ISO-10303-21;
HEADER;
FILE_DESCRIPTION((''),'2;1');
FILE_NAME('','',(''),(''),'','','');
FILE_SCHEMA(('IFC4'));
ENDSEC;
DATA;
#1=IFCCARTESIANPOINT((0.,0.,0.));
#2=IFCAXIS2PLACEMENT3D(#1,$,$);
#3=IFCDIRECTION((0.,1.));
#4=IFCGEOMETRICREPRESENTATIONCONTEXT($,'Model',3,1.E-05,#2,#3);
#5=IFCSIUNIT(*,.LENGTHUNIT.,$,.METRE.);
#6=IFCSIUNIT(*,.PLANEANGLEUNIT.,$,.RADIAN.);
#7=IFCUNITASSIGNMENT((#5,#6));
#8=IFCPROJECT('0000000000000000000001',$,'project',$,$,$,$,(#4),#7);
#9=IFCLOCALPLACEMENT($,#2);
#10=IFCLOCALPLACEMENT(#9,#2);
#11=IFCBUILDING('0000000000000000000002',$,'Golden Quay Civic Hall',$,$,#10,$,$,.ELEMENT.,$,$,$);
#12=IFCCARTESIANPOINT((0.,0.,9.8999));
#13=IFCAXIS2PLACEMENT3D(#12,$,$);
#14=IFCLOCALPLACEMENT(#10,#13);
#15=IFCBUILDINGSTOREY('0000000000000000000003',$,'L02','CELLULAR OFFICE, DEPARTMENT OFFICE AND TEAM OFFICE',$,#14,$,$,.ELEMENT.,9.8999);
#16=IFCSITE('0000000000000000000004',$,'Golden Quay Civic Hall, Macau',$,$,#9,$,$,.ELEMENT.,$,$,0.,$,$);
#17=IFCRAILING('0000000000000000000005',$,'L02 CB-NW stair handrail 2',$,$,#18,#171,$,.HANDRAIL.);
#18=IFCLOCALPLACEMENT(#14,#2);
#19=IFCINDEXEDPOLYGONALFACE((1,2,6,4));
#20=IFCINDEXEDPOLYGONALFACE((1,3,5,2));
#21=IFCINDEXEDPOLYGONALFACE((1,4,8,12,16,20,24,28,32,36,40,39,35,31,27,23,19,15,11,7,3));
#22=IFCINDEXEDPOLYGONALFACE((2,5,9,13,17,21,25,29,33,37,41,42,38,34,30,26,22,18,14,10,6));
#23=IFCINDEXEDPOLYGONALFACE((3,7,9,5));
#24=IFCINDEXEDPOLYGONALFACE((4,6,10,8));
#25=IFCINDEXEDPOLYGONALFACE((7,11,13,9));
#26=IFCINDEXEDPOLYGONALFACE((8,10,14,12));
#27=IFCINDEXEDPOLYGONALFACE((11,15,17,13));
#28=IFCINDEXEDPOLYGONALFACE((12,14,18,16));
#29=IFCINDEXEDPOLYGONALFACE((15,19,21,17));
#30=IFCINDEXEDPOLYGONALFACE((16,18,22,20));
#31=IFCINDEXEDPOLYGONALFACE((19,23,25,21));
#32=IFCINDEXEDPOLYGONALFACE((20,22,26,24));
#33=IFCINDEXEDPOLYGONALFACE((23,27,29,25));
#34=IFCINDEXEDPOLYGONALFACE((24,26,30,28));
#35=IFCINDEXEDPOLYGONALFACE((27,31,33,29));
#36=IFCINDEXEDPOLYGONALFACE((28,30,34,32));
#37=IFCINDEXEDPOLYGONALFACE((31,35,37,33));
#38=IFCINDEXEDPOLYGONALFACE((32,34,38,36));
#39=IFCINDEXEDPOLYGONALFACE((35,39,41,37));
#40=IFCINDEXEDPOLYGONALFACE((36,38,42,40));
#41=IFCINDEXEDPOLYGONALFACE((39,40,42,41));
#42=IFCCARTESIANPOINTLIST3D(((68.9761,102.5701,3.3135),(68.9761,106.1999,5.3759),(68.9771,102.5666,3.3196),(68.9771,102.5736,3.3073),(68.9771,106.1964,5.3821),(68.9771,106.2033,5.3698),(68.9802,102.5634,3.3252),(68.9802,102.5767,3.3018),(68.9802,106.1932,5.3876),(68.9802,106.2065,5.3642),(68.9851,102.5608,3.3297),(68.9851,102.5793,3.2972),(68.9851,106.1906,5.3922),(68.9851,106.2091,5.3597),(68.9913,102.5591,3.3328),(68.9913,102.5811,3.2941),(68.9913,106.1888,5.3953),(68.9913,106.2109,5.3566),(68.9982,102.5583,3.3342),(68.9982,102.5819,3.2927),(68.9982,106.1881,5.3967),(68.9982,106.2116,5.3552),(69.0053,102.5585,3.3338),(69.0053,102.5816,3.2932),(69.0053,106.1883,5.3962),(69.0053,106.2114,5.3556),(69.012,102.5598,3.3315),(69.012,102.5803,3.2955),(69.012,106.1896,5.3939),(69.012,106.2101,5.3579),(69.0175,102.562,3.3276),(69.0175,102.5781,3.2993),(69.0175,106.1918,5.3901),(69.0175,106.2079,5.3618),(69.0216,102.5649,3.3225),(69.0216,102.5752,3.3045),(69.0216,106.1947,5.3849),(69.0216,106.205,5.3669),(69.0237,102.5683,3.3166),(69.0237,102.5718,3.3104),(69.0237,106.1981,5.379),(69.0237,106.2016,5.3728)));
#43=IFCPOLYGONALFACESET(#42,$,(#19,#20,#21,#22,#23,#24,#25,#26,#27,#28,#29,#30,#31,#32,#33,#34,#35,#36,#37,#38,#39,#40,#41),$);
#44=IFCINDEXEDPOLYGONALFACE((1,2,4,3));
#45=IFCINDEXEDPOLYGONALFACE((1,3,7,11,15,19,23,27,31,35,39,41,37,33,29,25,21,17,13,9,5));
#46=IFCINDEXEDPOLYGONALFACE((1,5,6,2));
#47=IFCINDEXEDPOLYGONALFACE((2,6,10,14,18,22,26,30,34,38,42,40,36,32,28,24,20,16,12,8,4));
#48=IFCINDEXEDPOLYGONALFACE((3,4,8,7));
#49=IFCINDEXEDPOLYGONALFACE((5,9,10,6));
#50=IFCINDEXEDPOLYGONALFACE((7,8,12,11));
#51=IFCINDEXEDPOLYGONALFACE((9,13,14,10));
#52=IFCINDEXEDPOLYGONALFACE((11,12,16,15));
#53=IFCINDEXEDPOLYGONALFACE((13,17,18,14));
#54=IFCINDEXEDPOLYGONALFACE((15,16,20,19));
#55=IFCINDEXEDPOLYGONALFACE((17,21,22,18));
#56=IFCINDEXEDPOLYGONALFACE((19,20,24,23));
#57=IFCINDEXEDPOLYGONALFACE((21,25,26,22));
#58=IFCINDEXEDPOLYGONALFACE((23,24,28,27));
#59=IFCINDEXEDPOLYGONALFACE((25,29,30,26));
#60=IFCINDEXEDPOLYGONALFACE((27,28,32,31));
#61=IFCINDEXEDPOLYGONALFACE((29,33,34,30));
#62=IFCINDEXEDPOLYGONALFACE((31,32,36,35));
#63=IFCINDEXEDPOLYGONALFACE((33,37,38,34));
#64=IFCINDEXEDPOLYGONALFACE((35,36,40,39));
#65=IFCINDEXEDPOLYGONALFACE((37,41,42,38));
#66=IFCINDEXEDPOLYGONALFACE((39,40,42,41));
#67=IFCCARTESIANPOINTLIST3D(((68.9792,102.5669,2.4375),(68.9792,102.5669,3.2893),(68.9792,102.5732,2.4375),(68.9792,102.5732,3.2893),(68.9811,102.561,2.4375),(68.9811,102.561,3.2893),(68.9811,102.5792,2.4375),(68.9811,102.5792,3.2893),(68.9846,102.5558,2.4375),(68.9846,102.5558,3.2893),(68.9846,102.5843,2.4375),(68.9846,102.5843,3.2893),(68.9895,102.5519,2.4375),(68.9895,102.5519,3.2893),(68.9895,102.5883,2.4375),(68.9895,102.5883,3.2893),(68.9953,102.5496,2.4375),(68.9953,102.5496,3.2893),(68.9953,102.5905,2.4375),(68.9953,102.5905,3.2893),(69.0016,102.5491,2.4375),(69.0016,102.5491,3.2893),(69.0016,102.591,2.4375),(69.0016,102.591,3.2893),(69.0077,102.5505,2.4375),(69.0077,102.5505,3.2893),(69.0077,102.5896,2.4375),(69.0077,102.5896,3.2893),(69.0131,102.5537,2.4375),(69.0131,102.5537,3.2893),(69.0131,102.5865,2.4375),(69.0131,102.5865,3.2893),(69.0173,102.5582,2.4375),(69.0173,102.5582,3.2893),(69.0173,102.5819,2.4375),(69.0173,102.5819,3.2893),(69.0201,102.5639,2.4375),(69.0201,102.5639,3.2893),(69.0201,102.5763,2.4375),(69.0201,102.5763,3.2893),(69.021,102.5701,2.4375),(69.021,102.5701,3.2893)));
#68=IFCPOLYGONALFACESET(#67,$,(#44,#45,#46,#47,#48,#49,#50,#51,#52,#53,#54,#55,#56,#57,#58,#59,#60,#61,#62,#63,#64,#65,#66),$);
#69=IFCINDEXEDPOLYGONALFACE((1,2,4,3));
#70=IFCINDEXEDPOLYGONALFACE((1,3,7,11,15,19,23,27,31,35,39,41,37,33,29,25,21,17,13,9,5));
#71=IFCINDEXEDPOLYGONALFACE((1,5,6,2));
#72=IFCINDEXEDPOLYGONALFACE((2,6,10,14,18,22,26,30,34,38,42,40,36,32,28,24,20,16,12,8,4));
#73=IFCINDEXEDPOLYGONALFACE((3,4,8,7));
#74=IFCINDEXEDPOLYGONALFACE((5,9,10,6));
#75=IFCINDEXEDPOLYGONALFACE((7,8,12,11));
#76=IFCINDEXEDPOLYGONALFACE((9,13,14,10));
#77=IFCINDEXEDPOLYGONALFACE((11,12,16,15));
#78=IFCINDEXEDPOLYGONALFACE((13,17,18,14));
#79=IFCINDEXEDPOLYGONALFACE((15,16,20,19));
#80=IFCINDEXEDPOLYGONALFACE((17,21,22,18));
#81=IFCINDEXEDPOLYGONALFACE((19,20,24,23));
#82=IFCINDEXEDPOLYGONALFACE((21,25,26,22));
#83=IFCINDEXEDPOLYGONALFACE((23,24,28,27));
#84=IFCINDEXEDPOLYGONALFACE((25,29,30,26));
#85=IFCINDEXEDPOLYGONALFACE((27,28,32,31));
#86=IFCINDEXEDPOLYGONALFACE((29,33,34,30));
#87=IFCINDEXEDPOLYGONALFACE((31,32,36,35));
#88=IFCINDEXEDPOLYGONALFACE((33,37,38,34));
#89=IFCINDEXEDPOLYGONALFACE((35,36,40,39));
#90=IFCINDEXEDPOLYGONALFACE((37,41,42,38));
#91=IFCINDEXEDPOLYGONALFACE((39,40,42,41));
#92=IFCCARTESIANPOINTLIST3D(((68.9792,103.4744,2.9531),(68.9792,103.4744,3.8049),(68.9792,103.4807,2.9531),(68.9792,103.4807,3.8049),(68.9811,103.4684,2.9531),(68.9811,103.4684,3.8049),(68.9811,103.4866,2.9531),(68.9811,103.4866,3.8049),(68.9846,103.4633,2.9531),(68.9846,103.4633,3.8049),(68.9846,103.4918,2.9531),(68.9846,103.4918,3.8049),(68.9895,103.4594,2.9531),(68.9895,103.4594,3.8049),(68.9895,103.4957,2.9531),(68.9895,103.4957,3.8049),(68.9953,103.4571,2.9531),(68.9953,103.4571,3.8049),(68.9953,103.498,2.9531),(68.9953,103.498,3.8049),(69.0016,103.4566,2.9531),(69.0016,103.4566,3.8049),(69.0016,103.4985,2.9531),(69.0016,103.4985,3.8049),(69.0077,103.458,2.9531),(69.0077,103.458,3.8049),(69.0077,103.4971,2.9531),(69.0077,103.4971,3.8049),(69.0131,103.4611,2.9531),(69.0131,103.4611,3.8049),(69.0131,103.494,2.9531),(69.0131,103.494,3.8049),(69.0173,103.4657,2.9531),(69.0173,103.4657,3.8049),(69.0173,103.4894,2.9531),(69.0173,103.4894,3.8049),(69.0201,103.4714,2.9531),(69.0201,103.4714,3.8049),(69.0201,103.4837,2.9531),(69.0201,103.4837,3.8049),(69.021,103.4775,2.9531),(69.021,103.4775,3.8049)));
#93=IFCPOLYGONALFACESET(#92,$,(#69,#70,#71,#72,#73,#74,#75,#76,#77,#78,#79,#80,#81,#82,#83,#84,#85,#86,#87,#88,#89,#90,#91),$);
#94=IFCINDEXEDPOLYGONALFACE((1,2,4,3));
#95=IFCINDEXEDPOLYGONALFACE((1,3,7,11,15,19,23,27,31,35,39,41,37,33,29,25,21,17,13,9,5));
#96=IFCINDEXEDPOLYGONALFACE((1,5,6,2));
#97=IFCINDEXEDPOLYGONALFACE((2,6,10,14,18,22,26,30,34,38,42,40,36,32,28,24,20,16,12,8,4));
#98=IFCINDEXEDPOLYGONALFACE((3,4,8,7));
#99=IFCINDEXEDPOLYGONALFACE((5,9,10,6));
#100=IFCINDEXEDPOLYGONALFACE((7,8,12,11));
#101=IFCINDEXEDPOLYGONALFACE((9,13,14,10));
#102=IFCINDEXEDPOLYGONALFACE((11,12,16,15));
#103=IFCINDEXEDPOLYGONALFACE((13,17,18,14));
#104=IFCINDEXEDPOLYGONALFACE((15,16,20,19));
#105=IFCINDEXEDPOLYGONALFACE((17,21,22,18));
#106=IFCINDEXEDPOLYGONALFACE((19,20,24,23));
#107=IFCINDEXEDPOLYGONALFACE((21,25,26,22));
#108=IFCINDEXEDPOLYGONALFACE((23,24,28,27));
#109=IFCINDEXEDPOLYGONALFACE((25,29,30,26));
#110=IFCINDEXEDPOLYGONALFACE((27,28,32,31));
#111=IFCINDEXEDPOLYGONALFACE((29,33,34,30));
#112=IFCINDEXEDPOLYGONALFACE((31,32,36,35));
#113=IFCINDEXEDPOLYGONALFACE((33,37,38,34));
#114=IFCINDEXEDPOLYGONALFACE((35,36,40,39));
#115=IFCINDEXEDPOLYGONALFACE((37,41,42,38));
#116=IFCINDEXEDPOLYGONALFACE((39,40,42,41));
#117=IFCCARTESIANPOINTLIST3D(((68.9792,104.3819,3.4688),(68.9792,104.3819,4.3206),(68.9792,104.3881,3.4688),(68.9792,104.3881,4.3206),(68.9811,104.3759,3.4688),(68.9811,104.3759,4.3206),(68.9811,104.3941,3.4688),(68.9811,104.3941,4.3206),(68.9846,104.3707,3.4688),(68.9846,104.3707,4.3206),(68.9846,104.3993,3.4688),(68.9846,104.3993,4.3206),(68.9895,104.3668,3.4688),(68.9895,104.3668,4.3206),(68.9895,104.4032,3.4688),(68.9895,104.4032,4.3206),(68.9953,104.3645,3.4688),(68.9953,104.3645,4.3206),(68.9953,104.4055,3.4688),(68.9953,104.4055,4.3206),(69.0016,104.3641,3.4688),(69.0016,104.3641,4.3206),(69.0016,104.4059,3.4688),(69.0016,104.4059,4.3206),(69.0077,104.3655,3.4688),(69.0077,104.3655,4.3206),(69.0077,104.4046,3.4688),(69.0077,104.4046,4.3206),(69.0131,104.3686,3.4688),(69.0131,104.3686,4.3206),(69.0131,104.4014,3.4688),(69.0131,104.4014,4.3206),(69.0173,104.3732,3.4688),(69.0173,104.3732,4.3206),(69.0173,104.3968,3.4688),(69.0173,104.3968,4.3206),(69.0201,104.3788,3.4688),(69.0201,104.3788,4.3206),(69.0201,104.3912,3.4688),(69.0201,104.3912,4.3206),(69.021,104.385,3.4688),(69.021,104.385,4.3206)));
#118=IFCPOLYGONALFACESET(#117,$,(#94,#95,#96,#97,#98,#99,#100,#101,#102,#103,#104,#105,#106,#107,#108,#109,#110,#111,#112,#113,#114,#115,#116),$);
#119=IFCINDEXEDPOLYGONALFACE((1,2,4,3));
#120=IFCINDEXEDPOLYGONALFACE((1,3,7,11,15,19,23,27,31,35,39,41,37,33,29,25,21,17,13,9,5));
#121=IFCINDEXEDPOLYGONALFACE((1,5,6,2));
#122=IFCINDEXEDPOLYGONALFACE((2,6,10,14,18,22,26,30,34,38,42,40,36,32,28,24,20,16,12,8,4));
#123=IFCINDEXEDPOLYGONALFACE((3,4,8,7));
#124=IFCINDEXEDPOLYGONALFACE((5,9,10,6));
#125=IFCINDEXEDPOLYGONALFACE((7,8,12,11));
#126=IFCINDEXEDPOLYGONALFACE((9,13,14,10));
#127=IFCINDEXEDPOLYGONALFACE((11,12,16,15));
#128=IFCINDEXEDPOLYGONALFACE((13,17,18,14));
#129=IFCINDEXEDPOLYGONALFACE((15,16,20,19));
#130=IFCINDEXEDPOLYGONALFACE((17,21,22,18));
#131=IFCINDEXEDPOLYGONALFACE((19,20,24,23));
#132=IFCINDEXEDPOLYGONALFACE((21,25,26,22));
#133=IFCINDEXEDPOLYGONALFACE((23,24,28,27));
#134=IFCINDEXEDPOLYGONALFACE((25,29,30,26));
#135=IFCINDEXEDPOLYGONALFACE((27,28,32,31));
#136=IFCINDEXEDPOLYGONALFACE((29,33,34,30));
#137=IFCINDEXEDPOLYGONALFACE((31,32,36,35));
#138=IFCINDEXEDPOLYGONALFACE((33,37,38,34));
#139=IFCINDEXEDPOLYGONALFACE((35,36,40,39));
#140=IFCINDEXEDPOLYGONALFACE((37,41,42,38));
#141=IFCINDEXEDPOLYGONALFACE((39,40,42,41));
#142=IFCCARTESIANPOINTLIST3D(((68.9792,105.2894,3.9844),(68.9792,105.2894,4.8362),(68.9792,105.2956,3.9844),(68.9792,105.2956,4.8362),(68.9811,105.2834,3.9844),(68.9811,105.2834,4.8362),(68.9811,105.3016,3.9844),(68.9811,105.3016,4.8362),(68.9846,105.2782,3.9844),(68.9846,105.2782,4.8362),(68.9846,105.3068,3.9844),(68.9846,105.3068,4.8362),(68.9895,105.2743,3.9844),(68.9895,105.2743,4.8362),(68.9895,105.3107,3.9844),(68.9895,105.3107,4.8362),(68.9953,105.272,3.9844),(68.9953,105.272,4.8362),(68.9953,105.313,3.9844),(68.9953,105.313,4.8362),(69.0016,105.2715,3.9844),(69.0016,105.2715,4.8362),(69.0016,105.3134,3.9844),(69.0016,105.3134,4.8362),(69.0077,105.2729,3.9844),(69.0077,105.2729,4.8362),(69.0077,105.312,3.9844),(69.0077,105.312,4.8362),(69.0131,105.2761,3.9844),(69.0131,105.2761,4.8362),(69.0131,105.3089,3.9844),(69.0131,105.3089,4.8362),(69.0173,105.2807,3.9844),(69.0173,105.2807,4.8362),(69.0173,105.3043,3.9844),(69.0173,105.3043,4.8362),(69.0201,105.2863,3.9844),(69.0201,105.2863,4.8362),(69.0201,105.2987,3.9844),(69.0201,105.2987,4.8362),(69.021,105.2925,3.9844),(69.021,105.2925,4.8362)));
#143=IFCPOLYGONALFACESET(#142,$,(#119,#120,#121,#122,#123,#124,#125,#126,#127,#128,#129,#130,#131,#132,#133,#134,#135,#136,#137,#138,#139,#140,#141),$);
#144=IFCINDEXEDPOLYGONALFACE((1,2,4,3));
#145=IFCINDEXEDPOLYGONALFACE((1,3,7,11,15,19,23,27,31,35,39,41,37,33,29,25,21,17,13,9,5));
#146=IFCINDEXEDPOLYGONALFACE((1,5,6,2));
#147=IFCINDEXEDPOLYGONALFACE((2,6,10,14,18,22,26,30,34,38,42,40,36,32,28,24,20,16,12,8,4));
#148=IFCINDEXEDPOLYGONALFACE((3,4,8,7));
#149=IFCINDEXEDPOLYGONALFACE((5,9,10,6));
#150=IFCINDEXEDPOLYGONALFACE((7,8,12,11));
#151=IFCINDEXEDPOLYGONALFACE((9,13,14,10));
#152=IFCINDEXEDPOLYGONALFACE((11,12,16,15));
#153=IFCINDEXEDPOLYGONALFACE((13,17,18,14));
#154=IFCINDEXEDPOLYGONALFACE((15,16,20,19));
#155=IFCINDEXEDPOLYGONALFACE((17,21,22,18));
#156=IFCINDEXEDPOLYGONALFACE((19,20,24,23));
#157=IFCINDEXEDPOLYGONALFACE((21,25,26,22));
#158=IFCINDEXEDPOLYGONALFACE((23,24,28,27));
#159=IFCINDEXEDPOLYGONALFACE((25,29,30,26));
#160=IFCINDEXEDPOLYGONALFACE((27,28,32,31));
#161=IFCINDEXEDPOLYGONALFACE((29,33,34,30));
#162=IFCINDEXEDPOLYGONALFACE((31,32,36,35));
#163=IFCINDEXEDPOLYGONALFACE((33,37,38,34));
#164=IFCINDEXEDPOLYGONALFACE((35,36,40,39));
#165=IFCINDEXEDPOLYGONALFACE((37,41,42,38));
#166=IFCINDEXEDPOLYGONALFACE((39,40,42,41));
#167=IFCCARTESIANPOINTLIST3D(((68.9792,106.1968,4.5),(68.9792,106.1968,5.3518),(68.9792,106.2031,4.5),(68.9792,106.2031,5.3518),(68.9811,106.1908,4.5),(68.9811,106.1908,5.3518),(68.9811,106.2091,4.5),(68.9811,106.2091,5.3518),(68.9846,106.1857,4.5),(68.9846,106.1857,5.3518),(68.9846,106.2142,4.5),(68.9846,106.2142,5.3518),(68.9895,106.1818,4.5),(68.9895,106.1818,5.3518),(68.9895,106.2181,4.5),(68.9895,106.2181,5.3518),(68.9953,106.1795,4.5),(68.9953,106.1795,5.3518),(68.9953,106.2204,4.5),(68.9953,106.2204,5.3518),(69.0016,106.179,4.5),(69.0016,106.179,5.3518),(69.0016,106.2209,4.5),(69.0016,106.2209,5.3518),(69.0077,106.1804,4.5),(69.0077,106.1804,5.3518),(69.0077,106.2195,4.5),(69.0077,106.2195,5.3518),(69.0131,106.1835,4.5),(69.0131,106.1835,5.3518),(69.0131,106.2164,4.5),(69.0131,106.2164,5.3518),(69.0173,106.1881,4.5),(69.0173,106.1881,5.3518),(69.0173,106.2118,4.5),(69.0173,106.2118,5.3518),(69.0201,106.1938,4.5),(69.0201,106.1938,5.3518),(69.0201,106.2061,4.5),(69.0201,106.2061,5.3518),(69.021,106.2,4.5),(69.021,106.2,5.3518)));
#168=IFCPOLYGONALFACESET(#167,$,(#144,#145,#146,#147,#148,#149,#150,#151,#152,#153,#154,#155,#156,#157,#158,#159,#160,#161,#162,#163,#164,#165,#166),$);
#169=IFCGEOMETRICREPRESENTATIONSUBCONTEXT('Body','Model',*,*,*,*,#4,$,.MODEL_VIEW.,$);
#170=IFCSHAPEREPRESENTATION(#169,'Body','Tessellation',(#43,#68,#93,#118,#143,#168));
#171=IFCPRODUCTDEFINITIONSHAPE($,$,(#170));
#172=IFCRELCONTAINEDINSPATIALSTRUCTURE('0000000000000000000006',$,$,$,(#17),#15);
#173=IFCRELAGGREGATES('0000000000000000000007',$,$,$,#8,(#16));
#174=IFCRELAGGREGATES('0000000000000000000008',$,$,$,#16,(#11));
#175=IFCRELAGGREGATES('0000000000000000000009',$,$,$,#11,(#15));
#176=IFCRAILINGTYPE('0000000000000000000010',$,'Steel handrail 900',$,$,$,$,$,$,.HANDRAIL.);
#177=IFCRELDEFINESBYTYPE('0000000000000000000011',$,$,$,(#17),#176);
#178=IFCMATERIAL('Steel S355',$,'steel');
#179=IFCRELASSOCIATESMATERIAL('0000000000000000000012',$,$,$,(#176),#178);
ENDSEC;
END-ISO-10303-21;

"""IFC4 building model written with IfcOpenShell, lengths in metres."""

from ifc_helpers import new_model, si_unit, direction, frame, origin, origin_2d, place, context, subcontext, project, spatial, circle, extrude, material, type_object, element, save


model = new_model("IFC4")

# Units and contexts
model_context = context("Model", 3, precision=1e-05, world=origin(), true_north=direction((0.0, 1.0)))
body_context = subcontext(model_context, "Body", "Model", "MODEL_VIEW")
ifc_project = project(units=[si_unit("LENGTHUNIT", "METRE"), si_unit("PLANEANGLEUNIT", "RADIAN")], contexts=[model_context])

# Site, building, storey
site_placement = place(None, origin())
site = spatial("IfcSite", under=ifc_project, at=site_placement, Name="Golden Quay Civic Hall, Macau", CompositionType="ELEMENT", RefElevation=0.0)
building_placement = place(site_placement, origin())
building = spatial("IfcBuilding", under=site, at=building_placement, Name="Golden Quay Civic Hall", CompositionType="ELEMENT")
storey_placement = place(building_placement, frame((0.0, 0.0, 9.8999)))
storey = spatial("IfcBuildingStorey", under=building, at=storey_placement, Name="L02", Description="CELLULAR OFFICE, DEPARTMENT OFFICE AND TEAM OFFICE", CompositionType="ELEMENT", Elevation=9.8999)

# Railing
ifc_material_1 = material(Name="Steel S355", Category="steel")
railing_type_1 = type_object("IfcRailingType", Name="Steel handrail 900", PredefinedType="HANDRAIL", material=ifc_material_1)
railing_1_placement = place(storey_placement, frame((69.0, 102.5701, 2.4375)))
element("IfcRailing", 1, at=railing_1_placement, inside=storey, type_object=railing_type_1, Name="L02 CB-NW stair handrail 2", PredefinedType="HANDRAIL", context=body_context, shape_type="SweptSolid", body=[
    extrude(circle(Radius=0.0239, at=origin_2d()), frame((0.0, 0.0, 0.876), z_axis=(0.0, 0.86945, 0.494021), x_axis=(-1.0, 0.0, 0.0)), (0.0, 0.0, 1.0), 4.1748),
    extrude(circle(Radius=0.021, at=origin_2d()), origin(), (0.0, 0.0, 1.0), 0.8518),
    extrude(circle(Radius=0.021, at=origin_2d()), frame((0.0, 0.9075, 0.5156)), (0.0, 0.0, 1.0), 0.8518),
    extrude(circle(Radius=0.021, at=origin_2d()), frame((0.0, 1.8149, 1.0312)), (0.0, 0.0, 1.0), 0.8518),
    extrude(circle(Radius=0.021, at=origin_2d()), frame((0.0, 2.7224, 1.5469)), (0.0, 0.0, 1.0), 0.8518),
    extrude(circle(Radius=0.021, at=origin_2d()), frame((0.0, 3.6299, 2.0625)), (0.0, 0.0, 1.0), 0.8518),
])

save(model, "model.ifc")
